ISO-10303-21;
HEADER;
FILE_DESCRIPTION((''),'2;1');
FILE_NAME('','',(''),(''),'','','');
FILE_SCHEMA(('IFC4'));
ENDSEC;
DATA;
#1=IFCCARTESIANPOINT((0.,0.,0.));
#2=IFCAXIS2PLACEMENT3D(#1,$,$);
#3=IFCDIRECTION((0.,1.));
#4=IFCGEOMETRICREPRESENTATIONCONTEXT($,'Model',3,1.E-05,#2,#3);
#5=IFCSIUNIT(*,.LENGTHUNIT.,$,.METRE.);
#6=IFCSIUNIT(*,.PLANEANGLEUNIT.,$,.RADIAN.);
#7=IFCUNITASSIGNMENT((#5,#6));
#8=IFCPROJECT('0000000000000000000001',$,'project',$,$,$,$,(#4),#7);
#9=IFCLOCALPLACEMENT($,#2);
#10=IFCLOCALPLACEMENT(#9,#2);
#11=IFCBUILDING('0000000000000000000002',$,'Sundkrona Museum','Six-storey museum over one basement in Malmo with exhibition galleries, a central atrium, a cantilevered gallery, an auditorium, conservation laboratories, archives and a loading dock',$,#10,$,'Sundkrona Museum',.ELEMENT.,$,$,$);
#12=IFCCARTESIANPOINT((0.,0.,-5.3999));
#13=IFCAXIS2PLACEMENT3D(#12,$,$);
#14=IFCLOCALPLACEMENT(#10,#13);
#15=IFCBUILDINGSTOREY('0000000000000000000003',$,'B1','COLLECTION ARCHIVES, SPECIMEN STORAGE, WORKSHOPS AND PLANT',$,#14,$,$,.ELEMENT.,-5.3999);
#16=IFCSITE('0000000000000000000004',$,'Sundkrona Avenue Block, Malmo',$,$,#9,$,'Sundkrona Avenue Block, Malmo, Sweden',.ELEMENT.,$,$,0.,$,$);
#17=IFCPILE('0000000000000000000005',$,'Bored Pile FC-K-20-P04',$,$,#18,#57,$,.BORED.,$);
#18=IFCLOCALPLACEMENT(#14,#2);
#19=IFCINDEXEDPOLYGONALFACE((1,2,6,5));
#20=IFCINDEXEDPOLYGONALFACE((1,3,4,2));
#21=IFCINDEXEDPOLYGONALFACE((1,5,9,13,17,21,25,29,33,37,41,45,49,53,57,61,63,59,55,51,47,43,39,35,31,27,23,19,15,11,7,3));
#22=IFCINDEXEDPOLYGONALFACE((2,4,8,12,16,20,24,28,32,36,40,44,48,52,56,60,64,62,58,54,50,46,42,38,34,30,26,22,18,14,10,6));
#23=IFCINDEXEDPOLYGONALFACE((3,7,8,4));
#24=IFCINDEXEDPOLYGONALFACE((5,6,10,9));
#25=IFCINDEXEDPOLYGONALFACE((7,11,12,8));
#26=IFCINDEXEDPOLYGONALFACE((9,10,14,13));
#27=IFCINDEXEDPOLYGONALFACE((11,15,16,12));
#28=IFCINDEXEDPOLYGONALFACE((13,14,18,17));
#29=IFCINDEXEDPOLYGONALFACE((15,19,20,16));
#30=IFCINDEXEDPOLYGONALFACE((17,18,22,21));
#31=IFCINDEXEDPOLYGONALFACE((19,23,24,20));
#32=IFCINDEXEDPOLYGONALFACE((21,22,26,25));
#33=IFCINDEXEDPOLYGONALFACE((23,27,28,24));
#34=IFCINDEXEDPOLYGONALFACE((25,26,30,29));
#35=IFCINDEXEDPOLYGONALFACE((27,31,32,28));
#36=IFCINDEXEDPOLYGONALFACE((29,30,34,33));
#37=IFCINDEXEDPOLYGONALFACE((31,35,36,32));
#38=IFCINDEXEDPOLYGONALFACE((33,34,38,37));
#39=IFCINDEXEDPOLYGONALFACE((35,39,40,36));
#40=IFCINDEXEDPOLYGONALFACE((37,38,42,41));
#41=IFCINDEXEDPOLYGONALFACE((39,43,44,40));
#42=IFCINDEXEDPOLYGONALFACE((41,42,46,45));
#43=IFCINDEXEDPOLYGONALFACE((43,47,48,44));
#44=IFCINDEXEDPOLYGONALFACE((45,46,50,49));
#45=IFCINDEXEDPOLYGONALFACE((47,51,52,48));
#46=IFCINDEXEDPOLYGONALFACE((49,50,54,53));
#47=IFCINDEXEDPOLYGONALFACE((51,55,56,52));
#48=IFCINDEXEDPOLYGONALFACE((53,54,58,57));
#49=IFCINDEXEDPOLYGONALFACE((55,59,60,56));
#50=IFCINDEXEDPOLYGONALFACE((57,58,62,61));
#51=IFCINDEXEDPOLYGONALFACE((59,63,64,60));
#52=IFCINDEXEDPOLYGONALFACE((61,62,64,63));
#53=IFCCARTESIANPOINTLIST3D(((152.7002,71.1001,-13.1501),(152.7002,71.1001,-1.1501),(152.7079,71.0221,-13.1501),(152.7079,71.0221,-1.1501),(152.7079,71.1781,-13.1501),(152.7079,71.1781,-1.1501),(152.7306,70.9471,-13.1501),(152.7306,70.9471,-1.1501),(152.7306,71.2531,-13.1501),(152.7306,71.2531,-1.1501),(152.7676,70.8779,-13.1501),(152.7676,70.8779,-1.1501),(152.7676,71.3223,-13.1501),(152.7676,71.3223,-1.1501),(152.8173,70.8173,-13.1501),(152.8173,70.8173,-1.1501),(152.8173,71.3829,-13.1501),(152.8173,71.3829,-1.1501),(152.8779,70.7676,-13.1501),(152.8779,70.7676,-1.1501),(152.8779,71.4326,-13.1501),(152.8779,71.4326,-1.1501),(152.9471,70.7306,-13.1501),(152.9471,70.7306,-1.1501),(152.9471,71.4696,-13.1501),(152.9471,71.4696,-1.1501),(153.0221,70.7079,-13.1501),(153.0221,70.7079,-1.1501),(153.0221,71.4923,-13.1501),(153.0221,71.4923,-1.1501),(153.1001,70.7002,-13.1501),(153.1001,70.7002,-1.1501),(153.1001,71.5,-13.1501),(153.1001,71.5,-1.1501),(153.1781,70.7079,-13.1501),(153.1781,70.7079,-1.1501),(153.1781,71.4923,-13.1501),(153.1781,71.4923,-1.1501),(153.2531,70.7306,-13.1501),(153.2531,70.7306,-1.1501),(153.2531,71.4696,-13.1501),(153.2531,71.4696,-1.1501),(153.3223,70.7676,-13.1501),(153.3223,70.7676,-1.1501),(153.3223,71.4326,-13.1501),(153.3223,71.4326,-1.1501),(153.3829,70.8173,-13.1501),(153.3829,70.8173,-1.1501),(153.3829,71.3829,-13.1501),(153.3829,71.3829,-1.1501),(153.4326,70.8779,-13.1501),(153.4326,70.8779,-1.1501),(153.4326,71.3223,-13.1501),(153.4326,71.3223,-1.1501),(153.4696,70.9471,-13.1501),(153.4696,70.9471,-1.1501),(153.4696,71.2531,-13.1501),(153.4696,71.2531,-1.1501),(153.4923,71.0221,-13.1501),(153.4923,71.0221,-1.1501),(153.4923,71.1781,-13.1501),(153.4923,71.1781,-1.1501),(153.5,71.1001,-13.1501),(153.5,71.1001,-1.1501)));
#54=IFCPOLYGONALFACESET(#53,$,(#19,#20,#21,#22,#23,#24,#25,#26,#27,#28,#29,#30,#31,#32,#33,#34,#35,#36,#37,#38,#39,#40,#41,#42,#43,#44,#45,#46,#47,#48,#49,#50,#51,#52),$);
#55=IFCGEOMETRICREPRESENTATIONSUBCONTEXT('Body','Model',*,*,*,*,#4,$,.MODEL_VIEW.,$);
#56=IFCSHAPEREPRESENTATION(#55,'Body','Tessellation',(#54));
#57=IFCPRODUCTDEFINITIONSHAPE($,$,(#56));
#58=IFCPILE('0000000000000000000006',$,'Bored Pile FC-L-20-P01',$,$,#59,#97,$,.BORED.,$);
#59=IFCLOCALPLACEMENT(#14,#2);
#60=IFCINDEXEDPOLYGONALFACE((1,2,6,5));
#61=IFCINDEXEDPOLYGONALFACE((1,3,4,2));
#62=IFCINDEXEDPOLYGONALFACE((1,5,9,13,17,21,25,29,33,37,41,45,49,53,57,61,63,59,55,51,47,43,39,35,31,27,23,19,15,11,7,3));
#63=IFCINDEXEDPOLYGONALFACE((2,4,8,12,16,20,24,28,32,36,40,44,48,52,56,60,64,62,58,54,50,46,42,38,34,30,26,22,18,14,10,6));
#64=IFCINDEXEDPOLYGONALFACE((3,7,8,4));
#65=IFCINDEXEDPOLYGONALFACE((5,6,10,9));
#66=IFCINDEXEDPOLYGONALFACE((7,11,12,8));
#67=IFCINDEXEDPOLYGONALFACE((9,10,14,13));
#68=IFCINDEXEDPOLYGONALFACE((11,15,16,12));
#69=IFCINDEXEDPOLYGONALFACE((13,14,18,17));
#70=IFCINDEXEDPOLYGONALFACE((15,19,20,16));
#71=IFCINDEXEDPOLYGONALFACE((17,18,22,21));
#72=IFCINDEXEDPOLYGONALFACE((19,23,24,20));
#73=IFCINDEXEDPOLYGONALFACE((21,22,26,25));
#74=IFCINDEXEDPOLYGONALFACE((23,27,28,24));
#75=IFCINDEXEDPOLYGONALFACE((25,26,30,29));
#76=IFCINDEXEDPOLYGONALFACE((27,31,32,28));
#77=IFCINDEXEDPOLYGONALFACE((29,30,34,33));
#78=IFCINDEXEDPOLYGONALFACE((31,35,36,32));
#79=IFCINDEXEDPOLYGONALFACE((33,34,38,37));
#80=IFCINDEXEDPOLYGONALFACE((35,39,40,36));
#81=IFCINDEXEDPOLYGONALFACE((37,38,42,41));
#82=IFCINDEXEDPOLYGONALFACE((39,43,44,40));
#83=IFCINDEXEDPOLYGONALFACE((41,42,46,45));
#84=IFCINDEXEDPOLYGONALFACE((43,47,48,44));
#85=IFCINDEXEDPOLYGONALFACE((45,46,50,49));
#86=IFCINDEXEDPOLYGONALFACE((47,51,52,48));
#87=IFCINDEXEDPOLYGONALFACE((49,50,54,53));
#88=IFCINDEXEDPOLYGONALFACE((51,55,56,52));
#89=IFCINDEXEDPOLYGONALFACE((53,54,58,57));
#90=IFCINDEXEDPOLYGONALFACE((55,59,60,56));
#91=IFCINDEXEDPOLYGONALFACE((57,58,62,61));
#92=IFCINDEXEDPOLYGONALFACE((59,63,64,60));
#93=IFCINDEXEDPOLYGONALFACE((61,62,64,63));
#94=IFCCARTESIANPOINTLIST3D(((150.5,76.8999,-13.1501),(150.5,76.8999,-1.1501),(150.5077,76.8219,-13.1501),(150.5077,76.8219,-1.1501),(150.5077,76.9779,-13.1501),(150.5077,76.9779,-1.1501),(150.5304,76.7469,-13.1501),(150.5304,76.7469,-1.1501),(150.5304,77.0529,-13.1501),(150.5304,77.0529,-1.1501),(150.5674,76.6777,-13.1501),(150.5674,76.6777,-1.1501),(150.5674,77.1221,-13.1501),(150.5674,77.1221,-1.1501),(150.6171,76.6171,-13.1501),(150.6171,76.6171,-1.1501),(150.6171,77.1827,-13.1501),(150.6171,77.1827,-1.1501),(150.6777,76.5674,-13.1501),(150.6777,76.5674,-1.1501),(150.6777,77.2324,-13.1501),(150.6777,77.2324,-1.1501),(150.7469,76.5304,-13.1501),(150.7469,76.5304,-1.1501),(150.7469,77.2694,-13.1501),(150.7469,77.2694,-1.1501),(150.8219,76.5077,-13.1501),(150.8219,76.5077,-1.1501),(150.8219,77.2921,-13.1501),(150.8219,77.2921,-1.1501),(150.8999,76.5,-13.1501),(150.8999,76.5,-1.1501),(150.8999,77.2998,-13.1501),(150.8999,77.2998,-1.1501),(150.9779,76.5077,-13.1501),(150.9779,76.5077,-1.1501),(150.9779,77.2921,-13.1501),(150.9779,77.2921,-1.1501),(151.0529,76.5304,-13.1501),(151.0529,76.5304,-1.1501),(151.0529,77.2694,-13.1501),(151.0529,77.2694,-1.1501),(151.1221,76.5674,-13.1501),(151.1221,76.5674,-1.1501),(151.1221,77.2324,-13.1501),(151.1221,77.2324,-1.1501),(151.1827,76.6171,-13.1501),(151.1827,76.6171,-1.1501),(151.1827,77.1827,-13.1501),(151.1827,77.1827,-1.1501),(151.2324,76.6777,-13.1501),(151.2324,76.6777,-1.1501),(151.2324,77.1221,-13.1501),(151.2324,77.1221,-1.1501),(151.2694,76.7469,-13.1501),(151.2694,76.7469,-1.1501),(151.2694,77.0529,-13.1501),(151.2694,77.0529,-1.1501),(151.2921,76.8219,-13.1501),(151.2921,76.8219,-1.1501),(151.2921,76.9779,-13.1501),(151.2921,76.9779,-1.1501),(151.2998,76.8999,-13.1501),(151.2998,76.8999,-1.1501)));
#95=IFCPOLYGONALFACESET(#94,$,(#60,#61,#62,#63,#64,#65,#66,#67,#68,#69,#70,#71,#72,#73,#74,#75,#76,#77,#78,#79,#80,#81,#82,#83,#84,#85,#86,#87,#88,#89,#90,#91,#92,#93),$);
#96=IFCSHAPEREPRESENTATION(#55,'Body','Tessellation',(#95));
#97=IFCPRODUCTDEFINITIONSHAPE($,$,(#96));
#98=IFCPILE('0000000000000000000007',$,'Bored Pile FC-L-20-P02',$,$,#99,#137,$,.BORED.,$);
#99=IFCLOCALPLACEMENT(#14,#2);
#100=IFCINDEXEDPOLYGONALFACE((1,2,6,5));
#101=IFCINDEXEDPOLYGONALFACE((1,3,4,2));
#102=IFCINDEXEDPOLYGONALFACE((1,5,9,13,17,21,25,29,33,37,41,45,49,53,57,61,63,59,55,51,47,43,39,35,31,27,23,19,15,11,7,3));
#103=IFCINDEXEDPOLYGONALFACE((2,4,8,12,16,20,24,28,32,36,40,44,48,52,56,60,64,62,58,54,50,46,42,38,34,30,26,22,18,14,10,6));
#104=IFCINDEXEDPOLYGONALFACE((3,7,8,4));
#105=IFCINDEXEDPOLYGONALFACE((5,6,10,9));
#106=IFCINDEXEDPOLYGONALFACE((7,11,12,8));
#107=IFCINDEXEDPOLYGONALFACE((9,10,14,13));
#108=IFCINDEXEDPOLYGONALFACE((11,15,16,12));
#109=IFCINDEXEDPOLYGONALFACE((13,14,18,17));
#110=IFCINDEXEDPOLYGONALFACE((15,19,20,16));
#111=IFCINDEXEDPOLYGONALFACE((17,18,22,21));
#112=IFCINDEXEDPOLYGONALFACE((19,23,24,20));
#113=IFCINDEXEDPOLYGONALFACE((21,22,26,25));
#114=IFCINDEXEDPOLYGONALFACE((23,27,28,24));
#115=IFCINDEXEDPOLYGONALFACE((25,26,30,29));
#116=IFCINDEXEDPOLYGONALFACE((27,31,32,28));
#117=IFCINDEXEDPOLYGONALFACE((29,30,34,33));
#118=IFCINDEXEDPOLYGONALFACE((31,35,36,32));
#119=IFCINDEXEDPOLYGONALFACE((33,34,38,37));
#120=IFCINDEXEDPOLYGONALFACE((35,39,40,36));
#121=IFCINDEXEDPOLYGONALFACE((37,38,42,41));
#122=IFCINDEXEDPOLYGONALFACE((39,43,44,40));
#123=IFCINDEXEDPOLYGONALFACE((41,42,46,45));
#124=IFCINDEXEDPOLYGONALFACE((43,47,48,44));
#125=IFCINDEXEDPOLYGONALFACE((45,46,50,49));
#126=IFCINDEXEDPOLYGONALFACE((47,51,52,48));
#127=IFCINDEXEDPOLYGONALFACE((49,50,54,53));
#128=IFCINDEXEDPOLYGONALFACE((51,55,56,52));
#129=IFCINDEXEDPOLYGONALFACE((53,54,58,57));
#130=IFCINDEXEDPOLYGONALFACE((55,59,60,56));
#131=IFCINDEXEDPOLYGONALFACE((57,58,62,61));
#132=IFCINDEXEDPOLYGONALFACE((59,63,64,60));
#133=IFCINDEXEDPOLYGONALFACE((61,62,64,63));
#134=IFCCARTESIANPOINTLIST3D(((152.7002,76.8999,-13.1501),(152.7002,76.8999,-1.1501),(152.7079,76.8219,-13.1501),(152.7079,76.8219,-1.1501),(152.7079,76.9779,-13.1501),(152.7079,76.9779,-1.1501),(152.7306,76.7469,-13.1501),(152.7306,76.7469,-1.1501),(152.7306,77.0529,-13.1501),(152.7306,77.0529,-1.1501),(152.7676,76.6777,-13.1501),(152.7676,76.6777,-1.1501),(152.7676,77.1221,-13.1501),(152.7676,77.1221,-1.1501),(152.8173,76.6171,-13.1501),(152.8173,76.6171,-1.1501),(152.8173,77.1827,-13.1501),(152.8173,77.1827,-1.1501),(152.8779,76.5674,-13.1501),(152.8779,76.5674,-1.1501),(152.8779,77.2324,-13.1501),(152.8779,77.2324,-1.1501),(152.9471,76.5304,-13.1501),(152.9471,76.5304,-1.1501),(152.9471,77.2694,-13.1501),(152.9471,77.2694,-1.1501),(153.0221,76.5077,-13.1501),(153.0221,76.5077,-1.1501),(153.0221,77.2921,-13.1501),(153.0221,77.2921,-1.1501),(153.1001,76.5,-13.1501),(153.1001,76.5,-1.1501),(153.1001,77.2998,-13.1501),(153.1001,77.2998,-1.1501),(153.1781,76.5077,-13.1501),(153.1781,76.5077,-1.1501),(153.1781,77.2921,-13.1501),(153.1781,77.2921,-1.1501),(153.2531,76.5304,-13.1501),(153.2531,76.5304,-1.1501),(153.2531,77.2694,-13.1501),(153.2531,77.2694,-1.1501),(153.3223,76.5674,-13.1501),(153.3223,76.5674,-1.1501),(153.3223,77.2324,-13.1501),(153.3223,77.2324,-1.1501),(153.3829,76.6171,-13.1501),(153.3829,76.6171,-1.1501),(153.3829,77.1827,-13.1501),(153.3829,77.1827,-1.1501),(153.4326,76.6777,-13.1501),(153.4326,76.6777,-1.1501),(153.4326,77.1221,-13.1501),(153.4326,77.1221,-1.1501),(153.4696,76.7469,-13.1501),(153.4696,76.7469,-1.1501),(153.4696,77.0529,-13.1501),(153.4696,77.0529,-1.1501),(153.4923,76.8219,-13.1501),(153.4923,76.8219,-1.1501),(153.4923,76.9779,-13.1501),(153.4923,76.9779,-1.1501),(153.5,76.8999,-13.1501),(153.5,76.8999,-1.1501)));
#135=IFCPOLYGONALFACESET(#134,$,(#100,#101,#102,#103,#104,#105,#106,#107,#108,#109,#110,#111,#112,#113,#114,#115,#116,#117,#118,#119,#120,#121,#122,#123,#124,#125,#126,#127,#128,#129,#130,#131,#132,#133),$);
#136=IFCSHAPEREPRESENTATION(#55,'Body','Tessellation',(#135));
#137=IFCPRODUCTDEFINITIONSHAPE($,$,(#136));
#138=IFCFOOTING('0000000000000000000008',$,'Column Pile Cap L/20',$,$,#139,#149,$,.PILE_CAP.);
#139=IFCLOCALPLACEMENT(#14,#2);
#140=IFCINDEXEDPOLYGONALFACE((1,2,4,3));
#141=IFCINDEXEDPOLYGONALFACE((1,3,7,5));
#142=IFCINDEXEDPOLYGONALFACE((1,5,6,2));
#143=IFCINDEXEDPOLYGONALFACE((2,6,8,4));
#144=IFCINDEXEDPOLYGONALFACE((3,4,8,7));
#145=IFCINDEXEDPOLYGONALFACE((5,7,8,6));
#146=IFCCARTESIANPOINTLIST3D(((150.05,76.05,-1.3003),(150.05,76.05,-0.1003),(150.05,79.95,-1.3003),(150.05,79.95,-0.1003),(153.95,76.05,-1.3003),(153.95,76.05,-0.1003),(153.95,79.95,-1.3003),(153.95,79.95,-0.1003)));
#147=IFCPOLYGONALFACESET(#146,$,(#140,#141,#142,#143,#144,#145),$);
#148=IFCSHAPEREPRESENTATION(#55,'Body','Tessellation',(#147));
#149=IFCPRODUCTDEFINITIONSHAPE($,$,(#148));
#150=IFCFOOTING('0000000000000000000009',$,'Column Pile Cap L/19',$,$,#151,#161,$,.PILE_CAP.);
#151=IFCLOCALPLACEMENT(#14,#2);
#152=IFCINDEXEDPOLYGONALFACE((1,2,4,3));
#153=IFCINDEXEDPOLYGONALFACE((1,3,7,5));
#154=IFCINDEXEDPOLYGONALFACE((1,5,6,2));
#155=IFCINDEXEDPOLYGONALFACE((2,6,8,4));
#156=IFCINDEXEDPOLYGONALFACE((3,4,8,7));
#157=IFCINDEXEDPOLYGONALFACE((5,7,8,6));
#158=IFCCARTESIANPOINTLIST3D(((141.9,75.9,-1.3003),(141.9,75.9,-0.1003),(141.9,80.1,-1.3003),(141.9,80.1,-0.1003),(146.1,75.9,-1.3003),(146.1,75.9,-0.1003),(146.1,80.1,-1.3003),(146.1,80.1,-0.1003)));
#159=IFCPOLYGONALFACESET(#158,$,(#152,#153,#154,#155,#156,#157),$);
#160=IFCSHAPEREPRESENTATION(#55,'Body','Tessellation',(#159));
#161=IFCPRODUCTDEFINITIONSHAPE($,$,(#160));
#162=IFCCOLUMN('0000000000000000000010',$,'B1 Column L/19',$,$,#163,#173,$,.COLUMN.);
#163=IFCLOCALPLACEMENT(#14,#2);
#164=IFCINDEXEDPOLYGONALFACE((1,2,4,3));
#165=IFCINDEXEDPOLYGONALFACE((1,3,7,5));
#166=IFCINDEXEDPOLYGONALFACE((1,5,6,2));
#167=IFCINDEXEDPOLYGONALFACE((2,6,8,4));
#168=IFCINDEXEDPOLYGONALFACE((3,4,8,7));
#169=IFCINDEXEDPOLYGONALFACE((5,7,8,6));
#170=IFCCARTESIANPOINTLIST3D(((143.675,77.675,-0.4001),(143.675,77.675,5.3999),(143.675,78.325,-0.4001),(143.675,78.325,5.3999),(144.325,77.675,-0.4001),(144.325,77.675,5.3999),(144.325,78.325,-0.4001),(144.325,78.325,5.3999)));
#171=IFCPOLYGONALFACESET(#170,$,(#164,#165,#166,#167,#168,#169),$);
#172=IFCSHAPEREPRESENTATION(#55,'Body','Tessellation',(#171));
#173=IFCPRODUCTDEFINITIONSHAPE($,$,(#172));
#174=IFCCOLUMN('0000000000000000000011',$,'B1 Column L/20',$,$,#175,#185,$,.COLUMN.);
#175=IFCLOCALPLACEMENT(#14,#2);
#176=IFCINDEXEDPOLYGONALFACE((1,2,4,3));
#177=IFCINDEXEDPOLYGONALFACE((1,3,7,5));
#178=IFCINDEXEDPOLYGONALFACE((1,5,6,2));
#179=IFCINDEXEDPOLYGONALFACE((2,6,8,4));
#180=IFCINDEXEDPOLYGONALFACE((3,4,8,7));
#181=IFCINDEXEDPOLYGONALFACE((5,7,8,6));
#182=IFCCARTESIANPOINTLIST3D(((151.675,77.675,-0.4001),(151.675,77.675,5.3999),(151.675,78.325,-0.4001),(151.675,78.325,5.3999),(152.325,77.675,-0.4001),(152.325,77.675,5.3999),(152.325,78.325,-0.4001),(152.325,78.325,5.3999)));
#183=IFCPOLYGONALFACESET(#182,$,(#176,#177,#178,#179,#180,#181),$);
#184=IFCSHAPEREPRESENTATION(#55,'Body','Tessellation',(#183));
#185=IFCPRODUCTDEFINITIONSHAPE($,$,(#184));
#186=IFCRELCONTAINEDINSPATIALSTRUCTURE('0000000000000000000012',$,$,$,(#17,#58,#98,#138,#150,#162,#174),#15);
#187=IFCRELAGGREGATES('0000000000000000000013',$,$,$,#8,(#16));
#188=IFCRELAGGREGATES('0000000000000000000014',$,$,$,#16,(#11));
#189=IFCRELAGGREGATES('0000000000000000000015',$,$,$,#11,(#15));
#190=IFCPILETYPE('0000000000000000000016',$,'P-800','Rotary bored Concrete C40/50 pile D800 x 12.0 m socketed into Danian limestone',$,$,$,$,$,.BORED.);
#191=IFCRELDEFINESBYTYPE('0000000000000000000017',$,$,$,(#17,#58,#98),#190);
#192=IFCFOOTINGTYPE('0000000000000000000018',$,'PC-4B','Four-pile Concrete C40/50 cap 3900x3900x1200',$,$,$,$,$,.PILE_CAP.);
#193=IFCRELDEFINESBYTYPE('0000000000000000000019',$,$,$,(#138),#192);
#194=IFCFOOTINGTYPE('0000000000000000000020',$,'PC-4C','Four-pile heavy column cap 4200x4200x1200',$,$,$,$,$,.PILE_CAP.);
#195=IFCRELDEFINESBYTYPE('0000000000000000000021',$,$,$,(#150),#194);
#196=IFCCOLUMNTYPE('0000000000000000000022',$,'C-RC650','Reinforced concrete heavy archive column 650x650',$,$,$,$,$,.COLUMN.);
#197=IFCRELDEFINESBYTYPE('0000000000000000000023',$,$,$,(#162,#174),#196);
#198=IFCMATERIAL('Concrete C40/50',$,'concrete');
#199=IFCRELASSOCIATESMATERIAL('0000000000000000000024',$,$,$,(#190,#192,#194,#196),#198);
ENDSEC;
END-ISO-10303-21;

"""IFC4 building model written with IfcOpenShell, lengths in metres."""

from ifc_helpers import new_model, si_unit, direction, frame, origin, origin_2d, place, context, subcontext, project, spatial, rectangle, circle, extrude, material, material_profile, profile_set, type_object, element, save


model = new_model("IFC4")

# Units and contexts
model_context = context("Model", 3, precision=1e-05, world=origin(), true_north=direction((0.0, 1.0)))
body_context = subcontext(model_context, "Body", "Model", "MODEL_VIEW")
ifc_project = project(units=[si_unit("LENGTHUNIT", "METRE"), si_unit("PLANEANGLEUNIT", "RADIAN")], contexts=[model_context])

# Site, building, storey
site_placement = place(None, origin())
site = spatial("IfcSite", under=ifc_project, at=site_placement, Name="Sundkrona Avenue Block, Malmo", LongName="Sundkrona Avenue Block, Malmo, Sweden", CompositionType="ELEMENT", RefElevation=0.0)
building_placement = place(site_placement, origin())
building = spatial("IfcBuilding", under=site, at=building_placement, Name="Sundkrona Museum", Description="Six-storey museum over one basement in Malmo with exhibition galleries, a central atrium, a cantilevered gallery, an auditorium, conservation laboratories, archives and a loading dock", LongName="Sundkrona Museum", CompositionType="ELEMENT")
storey_placement = place(building_placement, frame((0.0, 0.0, -5.3999)))
storey = spatial("IfcBuildingStorey", under=building, at=storey_placement, Name="B1", Description="COLLECTION ARCHIVES, SPECIMEN STORAGE, WORKSHOPS AND PLANT", CompositionType="ELEMENT", Elevation=-5.3999)

# Shared definitions
ifc_material_1 = material(Name="Concrete C40/50", Category="concrete")

# Piles
ifc_material_profile_1 = material_profile(ifc_material_1, circle(Radius=0.3999, at=origin_2d()), Name="PILE D800")
ifc_profile_set_1 = profile_set([ifc_material_profile_1], Name="Concrete C40/50")
pile_type = type_object("IfcPileType", Name="P-800", Description="Rotary bored Concrete C40/50 pile D800 x 12.0 m socketed into Danian limestone", PredefinedType="BORED", material=ifc_profile_set_1)
for number, where, z_axis, x_axis, name in (
    (1, (153.1001, 71.1001, -1.1501), (0.0, 0.0, -1.0), (1.0, 0.0, 0.0), "Bored Pile FC-K-20-P04"),
    (2, (150.8999, 76.8999, -1.1501), (0.0, 0.0, -1.0), (1.0, 0.0, 0.0), "Bored Pile FC-L-20-P01"),
    (3, (153.1001, 76.8999, -1.1501), (0.0, 0.0, -1.0), (1.0, 0.0, 0.0), "Bored Pile FC-L-20-P02"),
):
    element("IfcPile", number, at=place(storey_placement, frame(where, z_axis=z_axis, x_axis=x_axis)), inside=storey, type_object=pile_type, Name=name, PredefinedType="BORED", context=body_context, shape_type="SweptSolid", body=[
        extrude(circle(Radius=0.3999, at=origin_2d()), origin(), (0.0, 0.0, 1.0), 12.0),
    ])

# Footings
footing_type_1 = type_object("IfcFootingType", Name="PC-4B", Description="Four-pile Concrete C40/50 cap 3900x3900x1200", PredefinedType="PILE_CAP", material=ifc_material_1)
footing_1_placement = place(storey_placement, frame((152.0, 78.0, -1.3003), z_axis=(0.0, 0.0, 1.0), x_axis=(1.0, 0.0, 0.0)))
element("IfcFooting", 4, at=footing_1_placement, inside=storey, type_object=footing_type_1, Name="Column Pile Cap L/20", PredefinedType="PILE_CAP", context=body_context, shape_type="SweptSolid", body=[
    extrude(rectangle(XDim=3.8999, YDim=3.8999, at=origin_2d()), origin(), (0.0, 0.0, 1.0), 1.2),
])
footing_type_2 = type_object("IfcFootingType", Name="PC-4C", Description="Four-pile heavy column cap 4200x4200x1200", PredefinedType="PILE_CAP", material=ifc_material_1)
footing_2_placement = place(storey_placement, frame((144.0, 78.0, -1.3003), z_axis=(0.0, 0.0, 1.0), x_axis=(1.0, 0.0, 0.0)))
element("IfcFooting", 5, at=footing_2_placement, inside=storey, type_object=footing_type_2, Name="Column Pile Cap L/19", PredefinedType="PILE_CAP", context=body_context, shape_type="SweptSolid", body=[
    extrude(rectangle(XDim=4.2, YDim=4.2, at=origin_2d()), origin(), (0.0, 0.0, 1.0), 1.2),
])

# Columns
ifc_material_profile_2 = material_profile(ifc_material_1, rectangle(XDim=0.6499, YDim=0.6499, at=origin_2d()), Name="RC 650x650")
ifc_profile_set_2 = profile_set([ifc_material_profile_2], Name="Concrete C40/50")
column_type = type_object("IfcColumnType", Name="C-RC650", Description="Reinforced concrete heavy archive column 650x650", PredefinedType="COLUMN", material=ifc_profile_set_2)
for number, where, z_axis, x_axis, name in (
    (6, (144.0, 78.0, -0.4001), (0.0, 0.0, 1.0), (1.0, 0.0, 0.0), "B1 Column L/19"),
    (7, (152.0, 78.0, -0.4001), (0.0, 0.0, 1.0), (1.0, 0.0, 0.0), "B1 Column L/20"),
):
    element("IfcColumn", number, at=place(storey_placement, frame(where, z_axis=z_axis, x_axis=x_axis)), inside=storey, type_object=column_type, Name=name, PredefinedType="COLUMN", context=body_context, shape_type="SweptSolid", body=[
        extrude(rectangle(XDim=0.6499, YDim=0.6499, at=origin_2d()), origin(), (0.0, 0.0, 1.0), 5.8),
    ])

save(model, "model.ifc")
